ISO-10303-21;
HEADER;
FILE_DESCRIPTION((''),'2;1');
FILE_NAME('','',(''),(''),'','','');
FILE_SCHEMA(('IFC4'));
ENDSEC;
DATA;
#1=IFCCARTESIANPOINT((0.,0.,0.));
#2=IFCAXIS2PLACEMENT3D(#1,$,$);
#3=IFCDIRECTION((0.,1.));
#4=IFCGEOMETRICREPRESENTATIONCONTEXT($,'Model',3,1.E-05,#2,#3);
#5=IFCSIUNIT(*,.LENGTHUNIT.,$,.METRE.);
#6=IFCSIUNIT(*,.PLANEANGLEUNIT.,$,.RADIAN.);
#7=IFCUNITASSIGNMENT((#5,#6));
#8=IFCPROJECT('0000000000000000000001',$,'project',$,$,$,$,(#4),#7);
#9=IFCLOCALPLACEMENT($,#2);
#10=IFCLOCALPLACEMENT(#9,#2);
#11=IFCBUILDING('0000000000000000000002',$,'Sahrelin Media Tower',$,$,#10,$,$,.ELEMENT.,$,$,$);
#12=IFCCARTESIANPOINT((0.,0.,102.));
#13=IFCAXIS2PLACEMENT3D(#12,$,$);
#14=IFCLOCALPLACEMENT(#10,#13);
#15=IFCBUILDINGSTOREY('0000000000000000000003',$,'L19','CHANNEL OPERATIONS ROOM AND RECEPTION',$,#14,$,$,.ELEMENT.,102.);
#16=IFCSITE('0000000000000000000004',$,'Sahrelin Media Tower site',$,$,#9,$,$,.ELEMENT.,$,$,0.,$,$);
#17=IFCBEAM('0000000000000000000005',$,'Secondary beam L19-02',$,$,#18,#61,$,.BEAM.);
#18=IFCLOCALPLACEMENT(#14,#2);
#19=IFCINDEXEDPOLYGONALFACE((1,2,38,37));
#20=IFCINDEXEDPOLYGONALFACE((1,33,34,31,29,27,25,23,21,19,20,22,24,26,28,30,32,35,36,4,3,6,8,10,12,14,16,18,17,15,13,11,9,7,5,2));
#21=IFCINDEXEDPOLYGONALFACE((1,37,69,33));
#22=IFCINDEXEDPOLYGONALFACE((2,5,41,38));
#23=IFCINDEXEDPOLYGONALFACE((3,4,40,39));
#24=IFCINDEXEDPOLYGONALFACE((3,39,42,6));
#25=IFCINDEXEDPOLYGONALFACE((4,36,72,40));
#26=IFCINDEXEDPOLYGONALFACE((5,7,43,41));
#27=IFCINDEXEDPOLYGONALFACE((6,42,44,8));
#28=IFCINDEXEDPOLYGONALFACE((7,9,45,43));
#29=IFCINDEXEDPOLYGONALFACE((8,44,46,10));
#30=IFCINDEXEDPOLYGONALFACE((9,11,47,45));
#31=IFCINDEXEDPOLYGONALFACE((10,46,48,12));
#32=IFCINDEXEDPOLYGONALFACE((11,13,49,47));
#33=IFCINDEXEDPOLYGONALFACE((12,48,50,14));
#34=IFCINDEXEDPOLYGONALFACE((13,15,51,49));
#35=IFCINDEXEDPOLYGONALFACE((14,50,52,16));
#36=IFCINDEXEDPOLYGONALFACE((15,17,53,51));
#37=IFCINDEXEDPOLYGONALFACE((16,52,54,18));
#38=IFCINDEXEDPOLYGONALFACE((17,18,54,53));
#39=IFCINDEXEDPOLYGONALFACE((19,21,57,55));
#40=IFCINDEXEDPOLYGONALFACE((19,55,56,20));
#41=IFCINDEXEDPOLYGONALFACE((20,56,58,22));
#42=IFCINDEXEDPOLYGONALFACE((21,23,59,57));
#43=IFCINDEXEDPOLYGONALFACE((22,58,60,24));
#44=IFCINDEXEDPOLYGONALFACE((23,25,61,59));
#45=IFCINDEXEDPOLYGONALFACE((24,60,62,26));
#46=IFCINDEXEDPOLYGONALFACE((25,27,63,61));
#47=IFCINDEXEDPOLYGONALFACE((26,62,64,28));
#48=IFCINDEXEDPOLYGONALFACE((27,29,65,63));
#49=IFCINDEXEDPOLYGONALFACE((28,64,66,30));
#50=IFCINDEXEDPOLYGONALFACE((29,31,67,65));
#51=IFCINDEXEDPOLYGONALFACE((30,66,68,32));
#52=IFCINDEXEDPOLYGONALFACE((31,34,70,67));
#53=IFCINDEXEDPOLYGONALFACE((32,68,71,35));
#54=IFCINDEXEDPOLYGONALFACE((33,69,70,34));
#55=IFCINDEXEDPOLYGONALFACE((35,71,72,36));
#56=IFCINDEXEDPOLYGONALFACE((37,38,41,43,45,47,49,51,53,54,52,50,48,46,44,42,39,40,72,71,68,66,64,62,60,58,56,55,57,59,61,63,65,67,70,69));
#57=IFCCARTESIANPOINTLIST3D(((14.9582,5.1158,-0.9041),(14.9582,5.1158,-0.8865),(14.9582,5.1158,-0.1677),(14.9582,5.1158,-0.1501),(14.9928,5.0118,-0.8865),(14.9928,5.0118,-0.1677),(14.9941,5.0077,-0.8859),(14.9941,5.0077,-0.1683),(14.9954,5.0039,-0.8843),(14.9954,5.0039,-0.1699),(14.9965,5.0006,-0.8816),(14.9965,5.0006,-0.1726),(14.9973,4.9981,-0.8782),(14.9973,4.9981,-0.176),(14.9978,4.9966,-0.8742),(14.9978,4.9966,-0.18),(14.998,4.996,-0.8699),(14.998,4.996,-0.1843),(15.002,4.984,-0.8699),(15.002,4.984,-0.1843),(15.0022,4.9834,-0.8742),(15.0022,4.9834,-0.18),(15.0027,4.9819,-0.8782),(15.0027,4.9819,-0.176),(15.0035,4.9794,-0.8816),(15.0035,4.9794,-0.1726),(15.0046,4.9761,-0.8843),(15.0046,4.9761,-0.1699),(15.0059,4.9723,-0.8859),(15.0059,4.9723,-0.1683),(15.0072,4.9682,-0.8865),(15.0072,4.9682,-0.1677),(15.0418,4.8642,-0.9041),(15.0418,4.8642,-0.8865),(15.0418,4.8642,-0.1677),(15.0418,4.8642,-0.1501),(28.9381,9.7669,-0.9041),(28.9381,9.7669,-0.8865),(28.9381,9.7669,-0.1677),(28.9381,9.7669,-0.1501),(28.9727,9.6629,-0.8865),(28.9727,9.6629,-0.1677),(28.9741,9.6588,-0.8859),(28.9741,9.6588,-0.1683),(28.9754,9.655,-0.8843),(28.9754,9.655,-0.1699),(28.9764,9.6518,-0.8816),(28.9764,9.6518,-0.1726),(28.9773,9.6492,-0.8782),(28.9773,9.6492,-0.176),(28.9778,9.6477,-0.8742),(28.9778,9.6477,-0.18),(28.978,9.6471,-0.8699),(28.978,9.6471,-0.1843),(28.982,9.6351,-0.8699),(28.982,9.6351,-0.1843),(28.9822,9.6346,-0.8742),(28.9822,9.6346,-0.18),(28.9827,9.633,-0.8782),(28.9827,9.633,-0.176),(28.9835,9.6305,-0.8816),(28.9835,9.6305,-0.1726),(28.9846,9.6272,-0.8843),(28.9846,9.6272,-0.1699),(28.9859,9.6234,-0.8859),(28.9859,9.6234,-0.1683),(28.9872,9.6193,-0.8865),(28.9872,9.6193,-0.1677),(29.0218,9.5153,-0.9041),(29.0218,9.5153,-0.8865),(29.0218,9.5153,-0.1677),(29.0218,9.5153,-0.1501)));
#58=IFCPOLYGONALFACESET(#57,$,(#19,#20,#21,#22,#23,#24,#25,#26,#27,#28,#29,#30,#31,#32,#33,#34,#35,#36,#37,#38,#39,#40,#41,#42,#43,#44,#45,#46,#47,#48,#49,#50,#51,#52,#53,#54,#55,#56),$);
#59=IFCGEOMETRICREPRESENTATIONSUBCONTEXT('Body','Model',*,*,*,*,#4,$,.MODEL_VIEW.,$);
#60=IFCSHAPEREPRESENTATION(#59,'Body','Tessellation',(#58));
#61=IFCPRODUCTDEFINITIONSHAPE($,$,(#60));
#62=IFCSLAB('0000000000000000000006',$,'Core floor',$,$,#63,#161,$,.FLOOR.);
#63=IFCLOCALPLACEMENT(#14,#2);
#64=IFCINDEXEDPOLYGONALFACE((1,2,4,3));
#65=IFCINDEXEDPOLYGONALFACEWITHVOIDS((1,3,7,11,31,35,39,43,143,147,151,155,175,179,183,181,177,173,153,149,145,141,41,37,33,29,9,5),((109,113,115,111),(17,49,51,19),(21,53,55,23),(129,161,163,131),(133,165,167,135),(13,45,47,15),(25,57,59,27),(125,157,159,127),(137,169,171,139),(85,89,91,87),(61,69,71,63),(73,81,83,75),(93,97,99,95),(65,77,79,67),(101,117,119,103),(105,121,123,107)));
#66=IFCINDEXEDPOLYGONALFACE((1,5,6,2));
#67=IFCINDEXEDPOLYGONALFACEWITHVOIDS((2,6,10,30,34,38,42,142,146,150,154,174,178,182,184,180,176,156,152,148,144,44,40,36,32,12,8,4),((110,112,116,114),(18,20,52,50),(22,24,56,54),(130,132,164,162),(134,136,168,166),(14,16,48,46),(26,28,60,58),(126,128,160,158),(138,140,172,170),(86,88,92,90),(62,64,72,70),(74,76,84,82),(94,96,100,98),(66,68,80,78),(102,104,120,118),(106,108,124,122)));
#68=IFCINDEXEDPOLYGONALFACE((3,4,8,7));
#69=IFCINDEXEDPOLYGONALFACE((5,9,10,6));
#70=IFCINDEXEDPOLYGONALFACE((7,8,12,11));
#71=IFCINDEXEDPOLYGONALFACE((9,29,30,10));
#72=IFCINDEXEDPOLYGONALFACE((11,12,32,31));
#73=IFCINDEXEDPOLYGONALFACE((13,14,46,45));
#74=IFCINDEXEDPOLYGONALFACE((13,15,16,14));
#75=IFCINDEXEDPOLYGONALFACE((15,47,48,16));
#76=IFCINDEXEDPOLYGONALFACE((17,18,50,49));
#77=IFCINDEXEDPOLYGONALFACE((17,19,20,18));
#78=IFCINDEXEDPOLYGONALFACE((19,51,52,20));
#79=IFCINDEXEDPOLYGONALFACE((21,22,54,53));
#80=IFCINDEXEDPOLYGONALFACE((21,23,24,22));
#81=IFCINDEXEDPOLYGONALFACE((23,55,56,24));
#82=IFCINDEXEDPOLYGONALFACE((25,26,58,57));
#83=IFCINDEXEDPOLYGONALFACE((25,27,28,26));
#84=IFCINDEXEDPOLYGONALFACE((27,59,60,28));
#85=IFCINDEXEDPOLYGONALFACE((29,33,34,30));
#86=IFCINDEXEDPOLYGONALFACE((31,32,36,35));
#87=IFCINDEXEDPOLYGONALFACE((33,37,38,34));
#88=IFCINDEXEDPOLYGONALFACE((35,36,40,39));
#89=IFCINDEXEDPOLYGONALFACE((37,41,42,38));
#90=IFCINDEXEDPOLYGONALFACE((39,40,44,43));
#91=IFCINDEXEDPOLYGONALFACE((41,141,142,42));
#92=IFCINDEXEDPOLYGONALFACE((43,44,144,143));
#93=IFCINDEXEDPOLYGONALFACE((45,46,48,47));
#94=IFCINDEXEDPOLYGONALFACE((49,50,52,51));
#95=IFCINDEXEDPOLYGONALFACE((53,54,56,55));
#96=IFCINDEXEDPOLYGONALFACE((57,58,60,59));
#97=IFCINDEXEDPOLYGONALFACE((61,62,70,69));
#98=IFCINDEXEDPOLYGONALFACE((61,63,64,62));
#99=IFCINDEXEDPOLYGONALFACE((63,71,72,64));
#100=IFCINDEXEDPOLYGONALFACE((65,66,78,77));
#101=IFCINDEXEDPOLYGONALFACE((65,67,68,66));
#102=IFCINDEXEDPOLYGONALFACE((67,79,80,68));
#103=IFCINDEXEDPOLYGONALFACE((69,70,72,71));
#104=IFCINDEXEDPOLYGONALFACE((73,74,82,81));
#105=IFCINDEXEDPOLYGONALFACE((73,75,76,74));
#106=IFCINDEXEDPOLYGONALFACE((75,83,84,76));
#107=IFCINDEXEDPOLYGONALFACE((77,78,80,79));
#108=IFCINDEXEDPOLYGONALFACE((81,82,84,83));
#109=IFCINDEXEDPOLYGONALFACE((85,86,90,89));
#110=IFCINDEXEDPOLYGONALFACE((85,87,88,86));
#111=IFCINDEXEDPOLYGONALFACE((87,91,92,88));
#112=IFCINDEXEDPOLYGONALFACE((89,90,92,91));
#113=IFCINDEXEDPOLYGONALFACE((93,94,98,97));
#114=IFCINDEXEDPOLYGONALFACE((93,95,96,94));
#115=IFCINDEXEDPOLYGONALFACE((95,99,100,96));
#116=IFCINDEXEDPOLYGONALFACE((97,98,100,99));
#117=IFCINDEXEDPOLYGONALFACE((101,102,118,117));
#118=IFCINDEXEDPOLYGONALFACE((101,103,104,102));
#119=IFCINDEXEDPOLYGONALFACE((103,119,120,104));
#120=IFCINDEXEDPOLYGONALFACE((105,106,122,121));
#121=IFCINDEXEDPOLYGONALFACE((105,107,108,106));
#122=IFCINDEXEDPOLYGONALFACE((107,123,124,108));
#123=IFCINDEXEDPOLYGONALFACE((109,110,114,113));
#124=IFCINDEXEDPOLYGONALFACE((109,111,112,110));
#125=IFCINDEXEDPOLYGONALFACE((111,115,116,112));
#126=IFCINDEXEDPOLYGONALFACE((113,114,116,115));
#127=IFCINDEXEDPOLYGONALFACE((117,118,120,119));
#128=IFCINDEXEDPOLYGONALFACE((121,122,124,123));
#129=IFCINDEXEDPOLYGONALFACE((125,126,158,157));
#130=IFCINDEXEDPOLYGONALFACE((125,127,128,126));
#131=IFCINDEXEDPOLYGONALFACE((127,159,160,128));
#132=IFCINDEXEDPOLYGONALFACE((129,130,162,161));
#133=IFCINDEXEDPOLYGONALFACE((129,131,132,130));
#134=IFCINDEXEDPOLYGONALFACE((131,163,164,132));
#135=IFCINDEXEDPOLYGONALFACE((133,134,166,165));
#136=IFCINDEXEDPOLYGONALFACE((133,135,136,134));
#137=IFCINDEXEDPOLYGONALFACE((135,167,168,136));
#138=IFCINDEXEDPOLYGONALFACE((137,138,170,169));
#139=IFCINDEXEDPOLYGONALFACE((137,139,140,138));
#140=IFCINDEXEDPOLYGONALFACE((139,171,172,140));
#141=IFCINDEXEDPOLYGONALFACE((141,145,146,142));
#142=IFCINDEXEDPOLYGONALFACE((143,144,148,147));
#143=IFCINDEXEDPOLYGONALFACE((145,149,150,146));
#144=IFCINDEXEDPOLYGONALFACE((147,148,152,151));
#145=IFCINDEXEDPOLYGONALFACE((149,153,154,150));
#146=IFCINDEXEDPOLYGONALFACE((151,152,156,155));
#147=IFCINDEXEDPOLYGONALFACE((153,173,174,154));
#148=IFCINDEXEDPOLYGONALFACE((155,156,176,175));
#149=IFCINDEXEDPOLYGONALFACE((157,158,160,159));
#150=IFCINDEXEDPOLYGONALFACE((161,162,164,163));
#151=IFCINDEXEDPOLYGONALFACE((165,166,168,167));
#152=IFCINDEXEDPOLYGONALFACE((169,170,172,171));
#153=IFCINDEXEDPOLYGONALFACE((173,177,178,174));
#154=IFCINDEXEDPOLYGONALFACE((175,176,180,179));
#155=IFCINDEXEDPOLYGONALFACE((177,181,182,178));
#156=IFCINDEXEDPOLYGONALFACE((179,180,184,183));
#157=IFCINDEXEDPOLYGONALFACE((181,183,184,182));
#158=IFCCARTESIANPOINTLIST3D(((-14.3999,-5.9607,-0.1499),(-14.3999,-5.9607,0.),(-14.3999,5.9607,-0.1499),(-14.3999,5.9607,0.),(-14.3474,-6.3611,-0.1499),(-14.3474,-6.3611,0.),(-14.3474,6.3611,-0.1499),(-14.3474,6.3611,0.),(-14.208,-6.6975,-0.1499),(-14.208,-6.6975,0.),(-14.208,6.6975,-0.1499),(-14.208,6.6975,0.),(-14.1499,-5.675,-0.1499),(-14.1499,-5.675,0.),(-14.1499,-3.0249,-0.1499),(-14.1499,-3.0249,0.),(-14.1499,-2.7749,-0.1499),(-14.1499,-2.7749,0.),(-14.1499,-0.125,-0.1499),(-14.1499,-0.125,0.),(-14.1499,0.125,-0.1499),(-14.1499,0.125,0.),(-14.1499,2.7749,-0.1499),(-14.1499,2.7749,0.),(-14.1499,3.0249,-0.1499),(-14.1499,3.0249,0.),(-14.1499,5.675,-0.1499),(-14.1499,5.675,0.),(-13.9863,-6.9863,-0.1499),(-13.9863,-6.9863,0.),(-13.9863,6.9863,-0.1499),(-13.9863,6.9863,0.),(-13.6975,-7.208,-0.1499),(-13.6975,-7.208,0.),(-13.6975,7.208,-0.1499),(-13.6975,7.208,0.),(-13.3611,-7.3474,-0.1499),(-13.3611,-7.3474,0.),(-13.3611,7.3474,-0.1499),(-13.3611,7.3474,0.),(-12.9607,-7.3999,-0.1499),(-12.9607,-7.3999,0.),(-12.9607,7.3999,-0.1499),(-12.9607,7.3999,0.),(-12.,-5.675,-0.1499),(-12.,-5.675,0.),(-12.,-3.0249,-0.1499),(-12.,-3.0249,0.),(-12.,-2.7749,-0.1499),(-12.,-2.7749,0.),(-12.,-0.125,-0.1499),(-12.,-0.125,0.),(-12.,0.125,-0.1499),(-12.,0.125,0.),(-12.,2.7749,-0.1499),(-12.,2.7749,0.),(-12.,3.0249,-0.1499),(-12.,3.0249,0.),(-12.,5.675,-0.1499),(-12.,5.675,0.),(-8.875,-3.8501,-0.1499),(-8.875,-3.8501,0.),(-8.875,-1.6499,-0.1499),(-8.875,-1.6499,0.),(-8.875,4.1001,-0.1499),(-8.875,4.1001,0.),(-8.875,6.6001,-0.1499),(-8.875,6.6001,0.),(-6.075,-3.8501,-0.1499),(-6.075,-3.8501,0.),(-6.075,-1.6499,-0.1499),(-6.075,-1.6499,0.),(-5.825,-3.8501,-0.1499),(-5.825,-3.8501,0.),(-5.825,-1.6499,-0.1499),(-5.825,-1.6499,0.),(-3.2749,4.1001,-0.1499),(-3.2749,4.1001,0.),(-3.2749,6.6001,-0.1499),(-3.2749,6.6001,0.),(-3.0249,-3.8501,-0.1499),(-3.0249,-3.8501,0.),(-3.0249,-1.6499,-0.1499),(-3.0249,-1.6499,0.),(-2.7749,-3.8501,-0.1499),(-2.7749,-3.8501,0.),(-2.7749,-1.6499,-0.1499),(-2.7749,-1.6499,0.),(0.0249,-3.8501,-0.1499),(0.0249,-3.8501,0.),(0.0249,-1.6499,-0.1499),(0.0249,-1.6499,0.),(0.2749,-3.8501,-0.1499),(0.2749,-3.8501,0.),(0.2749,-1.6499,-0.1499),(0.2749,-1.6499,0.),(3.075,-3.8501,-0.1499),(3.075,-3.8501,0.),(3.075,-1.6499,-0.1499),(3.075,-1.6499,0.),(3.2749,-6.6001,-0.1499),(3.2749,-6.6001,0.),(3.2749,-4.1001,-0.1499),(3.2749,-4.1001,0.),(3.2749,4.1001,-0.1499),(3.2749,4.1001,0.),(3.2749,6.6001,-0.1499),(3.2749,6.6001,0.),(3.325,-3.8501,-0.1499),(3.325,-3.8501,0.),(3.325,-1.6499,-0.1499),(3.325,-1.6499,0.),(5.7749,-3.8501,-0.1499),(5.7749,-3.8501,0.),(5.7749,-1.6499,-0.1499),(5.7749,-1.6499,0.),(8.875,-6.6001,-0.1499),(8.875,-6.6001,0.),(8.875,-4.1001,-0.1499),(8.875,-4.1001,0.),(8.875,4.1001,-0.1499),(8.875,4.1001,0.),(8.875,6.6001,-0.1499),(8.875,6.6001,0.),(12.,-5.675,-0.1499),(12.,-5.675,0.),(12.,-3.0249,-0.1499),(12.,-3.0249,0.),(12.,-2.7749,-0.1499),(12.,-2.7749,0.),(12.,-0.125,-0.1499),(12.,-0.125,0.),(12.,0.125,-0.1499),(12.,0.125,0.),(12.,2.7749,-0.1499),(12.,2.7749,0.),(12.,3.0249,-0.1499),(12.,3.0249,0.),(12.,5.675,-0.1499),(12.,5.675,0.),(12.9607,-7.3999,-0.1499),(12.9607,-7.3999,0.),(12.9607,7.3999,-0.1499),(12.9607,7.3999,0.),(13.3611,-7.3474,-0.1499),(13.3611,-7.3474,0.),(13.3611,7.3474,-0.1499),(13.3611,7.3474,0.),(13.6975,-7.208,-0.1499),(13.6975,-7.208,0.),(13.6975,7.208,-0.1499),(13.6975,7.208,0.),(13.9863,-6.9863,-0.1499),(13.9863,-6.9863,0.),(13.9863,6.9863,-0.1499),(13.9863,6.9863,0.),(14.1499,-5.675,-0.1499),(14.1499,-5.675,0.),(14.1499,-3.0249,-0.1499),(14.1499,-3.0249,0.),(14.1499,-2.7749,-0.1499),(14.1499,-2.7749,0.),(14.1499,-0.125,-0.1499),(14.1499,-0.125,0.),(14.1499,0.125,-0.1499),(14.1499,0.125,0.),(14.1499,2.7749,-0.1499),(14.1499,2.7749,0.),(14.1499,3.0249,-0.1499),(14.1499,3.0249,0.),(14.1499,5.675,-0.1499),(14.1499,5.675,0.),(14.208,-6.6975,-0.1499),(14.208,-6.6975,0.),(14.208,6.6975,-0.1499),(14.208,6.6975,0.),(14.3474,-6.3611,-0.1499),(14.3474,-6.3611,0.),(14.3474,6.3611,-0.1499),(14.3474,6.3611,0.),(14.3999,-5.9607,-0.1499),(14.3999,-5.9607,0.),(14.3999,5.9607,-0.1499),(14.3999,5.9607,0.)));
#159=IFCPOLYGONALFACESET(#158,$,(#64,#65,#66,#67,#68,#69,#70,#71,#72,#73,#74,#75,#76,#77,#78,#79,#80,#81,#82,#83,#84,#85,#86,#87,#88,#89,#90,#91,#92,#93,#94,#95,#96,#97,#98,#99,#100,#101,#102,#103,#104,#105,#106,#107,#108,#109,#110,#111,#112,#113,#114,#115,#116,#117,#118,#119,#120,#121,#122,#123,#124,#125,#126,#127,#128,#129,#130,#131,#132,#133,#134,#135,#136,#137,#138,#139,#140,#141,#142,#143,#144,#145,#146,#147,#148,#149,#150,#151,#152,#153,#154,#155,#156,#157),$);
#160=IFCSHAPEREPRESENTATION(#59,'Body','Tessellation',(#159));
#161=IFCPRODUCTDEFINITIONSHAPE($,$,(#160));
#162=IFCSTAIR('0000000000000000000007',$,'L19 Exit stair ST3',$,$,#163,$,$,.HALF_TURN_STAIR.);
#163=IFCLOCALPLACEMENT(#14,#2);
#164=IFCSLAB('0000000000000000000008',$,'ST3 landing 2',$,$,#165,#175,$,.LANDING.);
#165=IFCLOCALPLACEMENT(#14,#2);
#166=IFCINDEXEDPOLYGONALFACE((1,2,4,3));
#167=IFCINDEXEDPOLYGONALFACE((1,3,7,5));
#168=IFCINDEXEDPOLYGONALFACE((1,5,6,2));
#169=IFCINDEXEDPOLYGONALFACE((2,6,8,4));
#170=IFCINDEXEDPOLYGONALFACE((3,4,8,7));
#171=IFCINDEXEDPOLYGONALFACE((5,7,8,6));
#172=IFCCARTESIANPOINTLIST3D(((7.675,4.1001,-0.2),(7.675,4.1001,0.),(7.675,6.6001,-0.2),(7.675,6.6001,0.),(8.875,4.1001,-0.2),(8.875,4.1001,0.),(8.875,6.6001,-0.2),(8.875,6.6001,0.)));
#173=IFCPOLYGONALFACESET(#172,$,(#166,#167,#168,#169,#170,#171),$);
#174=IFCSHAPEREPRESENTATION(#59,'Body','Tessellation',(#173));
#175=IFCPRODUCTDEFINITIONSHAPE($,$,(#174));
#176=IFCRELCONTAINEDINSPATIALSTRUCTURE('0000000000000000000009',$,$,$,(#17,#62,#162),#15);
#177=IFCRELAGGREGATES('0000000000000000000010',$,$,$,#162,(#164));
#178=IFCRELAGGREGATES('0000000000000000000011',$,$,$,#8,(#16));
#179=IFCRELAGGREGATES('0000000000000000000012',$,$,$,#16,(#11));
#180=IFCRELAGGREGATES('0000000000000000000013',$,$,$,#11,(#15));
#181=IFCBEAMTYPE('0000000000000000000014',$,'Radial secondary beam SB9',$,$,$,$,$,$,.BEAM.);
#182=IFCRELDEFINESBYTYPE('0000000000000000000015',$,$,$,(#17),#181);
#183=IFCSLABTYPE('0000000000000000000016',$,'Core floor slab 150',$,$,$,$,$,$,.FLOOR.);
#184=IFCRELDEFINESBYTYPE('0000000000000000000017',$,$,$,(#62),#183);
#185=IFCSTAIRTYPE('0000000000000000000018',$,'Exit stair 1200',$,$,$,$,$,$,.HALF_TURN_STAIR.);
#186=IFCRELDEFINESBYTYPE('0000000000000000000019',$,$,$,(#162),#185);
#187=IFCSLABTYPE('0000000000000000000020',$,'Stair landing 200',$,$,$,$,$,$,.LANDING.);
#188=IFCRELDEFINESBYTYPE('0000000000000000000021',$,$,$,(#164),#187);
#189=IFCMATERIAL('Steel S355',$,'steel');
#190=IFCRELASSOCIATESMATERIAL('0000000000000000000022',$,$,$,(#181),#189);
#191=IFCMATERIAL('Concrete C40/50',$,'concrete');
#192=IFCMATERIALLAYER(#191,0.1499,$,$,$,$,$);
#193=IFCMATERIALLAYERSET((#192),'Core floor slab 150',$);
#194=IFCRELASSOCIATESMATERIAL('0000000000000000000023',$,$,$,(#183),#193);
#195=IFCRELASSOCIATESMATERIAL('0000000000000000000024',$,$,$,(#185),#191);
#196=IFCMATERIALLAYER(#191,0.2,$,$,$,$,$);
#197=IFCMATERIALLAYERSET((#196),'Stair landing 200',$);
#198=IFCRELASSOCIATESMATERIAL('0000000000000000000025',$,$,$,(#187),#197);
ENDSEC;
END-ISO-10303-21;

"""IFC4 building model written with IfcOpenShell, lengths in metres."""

from ifc_helpers import new_model, si_unit, direction, frame, origin, origin_2d, place, context, subcontext, project, spatial, polyline, i_section, outline, extrude, material, layer, layer_set, material_profile, profile_set, type_object, element, aggregate, save


model = new_model("IFC4")

# Units and contexts
model_context = context("Model", 3, precision=1e-05, world=origin(), true_north=direction((0.0, 1.0)))
body_context = subcontext(model_context, "Body", "Model", "MODEL_VIEW")
ifc_project = project(units=[si_unit("LENGTHUNIT", "METRE"), si_unit("PLANEANGLEUNIT", "RADIAN")], contexts=[model_context])

# Site, building, storey
site_placement = place(None, origin())
site = spatial("IfcSite", under=ifc_project, at=site_placement, Name="Sahrelin Media Tower site", CompositionType="ELEMENT", RefElevation=0.0)
building_placement = place(site_placement, origin())
building = spatial("IfcBuilding", under=site, at=building_placement, Name="Sahrelin Media Tower", CompositionType="ELEMENT")
storey_placement = place(building_placement, frame((0.0, 0.0, 102.0)))
storey = spatial("IfcBuildingStorey", under=building, at=storey_placement, Name="L19", Description="CHANNEL OPERATIONS ROOM AND RECEPTION", CompositionType="ELEMENT", Elevation=102.0)

# Beam
ifc_material_1 = material(Name="Steel S355", Category="steel")
ifc_material_profile_1 = material_profile(ifc_material_1, i_section(OverallWidth=0.2651, OverallDepth=0.7539, WebThickness=0.0127, FlangeThickness=0.0176, FilletRadius=0.0166, at=origin_2d()), Name="UB 762x267x147")
ifc_profile_set_1 = profile_set([ifc_material_profile_1], Name="Steel S355")
beam_type_1 = type_object("IfcBeamType", Name="Radial secondary beam SB9", PredefinedType="BEAM", material=ifc_profile_set_1)
beam_1_placement = place(storey_placement, frame((15.0, 4.99, -0.5271), z_axis=(0.948864, 0.315686, 0.0), x_axis=(-0.315686, 0.948864, 0.0)))
element("IfcBeam", 1, at=beam_1_placement, inside=storey, type_object=beam_type_1, Name="Secondary beam L19-02", PredefinedType="BEAM", context=body_context, shape_type="SweptSolid", body=[
    extrude(i_section(OverallWidth=0.2651, OverallDepth=0.7539, WebThickness=0.0127, FlangeThickness=0.0176, FilletRadius=0.0166, at=origin_2d()), origin(), (0.0, 0.0, 1.0), 14.7334),
])

# Slab
ifc_material_2 = material(Name="Concrete C40/50", Category="concrete")
ifc_layer_1 = layer(ifc_material_2, 0.1499)
ifc_layer_set_1 = layer_set([ifc_layer_1], Name="Core floor slab 150")
slab_type_1 = type_object("IfcSlabType", Name="Core floor slab 150", PredefinedType="FLOOR", material=ifc_layer_set_1)
slab_1_placement = place(storey_placement, frame((0.0, 0.0, -0.1499)))
element("IfcSlab", 2, at=slab_1_placement, inside=storey, type_object=slab_type_1, Name="Core floor", PredefinedType="FLOOR", context=body_context, shape_type="SweptSolid", body=[
    extrude(outline(polyline([(-14.3474, 6.3611), (-14.3999, 5.9607), (-14.3999, -5.9607), (-14.3474, -6.3611), (-14.208, -6.6975), (-13.9863, -6.9863), (-13.6975, -7.208), (-13.3611, -7.3474), (-12.9607, -7.3999), (12.9607, -7.3999), (13.3611, -7.3474), (13.6975, -7.208), (13.9863, -6.9863), (14.208, -6.6975), (14.3474, -6.3611), (14.3999, -5.9607), (14.3999, 5.9607), (14.3474, 6.3611), (14.208, 6.6975), (13.9863, 6.9863), (13.6975, 7.208), (13.3611, 7.3474), (12.9607, 7.3999), (-12.9607, 7.3999), (-13.3611, 7.3474), (-13.6975, 7.208), (-13.9863, 6.9863), (-14.208, 6.6975), (-14.3474, 6.3611)]), holes=[polyline([(-12.0, 3.0249), (-12.0, 5.675), (-14.1499, 5.675), (-14.1499, 3.0249), (-12.0, 3.0249)]), polyline([(-14.1499, 0.125), (-12.0, 0.125), (-12.0, 2.7749), (-14.1499, 2.7749), (-14.1499, 0.125)]), polyline([(-14.1499, -0.125), (-14.1499, -2.7749), (-12.0, -2.7749), (-12.0, -0.125), (-14.1499, -0.125)]), polyline([(-12.0, -3.0249), (-14.1499, -3.0249), (-14.1499, -5.675), (-12.0, -5.675), (-12.0, -3.0249)]), polyline([(14.1499, 3.0249), (14.1499, 5.675), (12.0, 5.675), (12.0, 3.0249), (14.1499, 3.0249)]), polyline([(12.0, 0.125), (14.1499, 0.125), (14.1499, 2.7749), (12.0, 2.7749), (12.0, 0.125)]), polyline([(12.0, -0.125), (12.0, -2.7749), (14.1499, -2.7749), (14.1499, -0.125), (12.0, -0.125)]), polyline([(14.1499, -3.0249), (12.0, -3.0249), (12.0, -5.675), (14.1499, -5.675), (14.1499, -3.0249)]), polyline([(-6.075, -3.8501), (-6.075, -1.6499), (-8.875, -1.6499), (-8.875, -3.8501), (-6.075, -3.8501)]), polyline([(-5.825, -3.8501), (-3.0249, -3.8501), (-3.0249, -1.6499), (-5.825, -1.6499), (-5.825, -3.8501)]), polyline([(-2.7749, -1.6499), (-2.7749, -3.8501), (0.0249, -3.8501), (0.0249, -1.6499), (-2.7749, -1.6499)]), polyline([(3.075, -1.6499), (0.2749, -1.6499), (0.2749, -3.8501), (3.075, -3.8501), (3.075, -1.6499)]), polyline([(5.7749, -3.8501), (5.7749, -1.6499), (3.325, -1.6499), (3.325, -3.8501), (5.7749, -3.8501)]), polyline([(-8.875, 6.6001), (-8.875, 4.1001), (-3.2749, 4.1001), (-3.2749, 6.6001), (-8.875, 6.6001)]), polyline([(3.2749, 4.1001), (8.875, 4.1001), (8.875, 6.6001), (3.2749, 6.6001), (3.2749, 4.1001)]), polyline([(3.2749, -4.1001), (3.2749, -6.6001), (8.875, -6.6001), (8.875, -4.1001), (3.2749, -4.1001)])]), origin(), (0.0, 0.0, 1.0), 0.1499),
])

# Stair, slab
stair_type = type_object("IfcStairType", Name="Exit stair 1200", PredefinedType="HALF_TURN_STAIR", material=ifc_material_2)
placement_1 = place(storey_placement, origin())
stair_1 = element("IfcStair", 3, at=placement_1, inside=storey, type_object=stair_type, Name="L19 Exit stair ST3", PredefinedType="HALF_TURN_STAIR")
ifc_layer_2 = layer(ifc_material_2, 0.2)
ifc_layer_set_2 = layer_set([ifc_layer_2], Name="Stair landing 200")
slab_type_2 = type_object("IfcSlabType", Name="Stair landing 200", PredefinedType="LANDING", material=ifc_layer_set_2)
placement_2 = place(storey_placement, frame((0.0, 0.0, -0.2)))
slab_2 = element("IfcSlab", 4, at=placement_2, type_object=slab_type_2, Name="ST3 landing 2", PredefinedType="LANDING", context=body_context, shape_type="SweptSolid", body=[
    extrude(outline(polyline([(8.875, 6.6001), (7.675, 6.6001), (7.675, 4.1001), (8.875, 4.1001), (8.875, 6.6001)])), origin(), (0.0, 0.0, 1.0), 0.2),
])
aggregate(stair_1, [slab_2])

save(model, "model.ifc")
